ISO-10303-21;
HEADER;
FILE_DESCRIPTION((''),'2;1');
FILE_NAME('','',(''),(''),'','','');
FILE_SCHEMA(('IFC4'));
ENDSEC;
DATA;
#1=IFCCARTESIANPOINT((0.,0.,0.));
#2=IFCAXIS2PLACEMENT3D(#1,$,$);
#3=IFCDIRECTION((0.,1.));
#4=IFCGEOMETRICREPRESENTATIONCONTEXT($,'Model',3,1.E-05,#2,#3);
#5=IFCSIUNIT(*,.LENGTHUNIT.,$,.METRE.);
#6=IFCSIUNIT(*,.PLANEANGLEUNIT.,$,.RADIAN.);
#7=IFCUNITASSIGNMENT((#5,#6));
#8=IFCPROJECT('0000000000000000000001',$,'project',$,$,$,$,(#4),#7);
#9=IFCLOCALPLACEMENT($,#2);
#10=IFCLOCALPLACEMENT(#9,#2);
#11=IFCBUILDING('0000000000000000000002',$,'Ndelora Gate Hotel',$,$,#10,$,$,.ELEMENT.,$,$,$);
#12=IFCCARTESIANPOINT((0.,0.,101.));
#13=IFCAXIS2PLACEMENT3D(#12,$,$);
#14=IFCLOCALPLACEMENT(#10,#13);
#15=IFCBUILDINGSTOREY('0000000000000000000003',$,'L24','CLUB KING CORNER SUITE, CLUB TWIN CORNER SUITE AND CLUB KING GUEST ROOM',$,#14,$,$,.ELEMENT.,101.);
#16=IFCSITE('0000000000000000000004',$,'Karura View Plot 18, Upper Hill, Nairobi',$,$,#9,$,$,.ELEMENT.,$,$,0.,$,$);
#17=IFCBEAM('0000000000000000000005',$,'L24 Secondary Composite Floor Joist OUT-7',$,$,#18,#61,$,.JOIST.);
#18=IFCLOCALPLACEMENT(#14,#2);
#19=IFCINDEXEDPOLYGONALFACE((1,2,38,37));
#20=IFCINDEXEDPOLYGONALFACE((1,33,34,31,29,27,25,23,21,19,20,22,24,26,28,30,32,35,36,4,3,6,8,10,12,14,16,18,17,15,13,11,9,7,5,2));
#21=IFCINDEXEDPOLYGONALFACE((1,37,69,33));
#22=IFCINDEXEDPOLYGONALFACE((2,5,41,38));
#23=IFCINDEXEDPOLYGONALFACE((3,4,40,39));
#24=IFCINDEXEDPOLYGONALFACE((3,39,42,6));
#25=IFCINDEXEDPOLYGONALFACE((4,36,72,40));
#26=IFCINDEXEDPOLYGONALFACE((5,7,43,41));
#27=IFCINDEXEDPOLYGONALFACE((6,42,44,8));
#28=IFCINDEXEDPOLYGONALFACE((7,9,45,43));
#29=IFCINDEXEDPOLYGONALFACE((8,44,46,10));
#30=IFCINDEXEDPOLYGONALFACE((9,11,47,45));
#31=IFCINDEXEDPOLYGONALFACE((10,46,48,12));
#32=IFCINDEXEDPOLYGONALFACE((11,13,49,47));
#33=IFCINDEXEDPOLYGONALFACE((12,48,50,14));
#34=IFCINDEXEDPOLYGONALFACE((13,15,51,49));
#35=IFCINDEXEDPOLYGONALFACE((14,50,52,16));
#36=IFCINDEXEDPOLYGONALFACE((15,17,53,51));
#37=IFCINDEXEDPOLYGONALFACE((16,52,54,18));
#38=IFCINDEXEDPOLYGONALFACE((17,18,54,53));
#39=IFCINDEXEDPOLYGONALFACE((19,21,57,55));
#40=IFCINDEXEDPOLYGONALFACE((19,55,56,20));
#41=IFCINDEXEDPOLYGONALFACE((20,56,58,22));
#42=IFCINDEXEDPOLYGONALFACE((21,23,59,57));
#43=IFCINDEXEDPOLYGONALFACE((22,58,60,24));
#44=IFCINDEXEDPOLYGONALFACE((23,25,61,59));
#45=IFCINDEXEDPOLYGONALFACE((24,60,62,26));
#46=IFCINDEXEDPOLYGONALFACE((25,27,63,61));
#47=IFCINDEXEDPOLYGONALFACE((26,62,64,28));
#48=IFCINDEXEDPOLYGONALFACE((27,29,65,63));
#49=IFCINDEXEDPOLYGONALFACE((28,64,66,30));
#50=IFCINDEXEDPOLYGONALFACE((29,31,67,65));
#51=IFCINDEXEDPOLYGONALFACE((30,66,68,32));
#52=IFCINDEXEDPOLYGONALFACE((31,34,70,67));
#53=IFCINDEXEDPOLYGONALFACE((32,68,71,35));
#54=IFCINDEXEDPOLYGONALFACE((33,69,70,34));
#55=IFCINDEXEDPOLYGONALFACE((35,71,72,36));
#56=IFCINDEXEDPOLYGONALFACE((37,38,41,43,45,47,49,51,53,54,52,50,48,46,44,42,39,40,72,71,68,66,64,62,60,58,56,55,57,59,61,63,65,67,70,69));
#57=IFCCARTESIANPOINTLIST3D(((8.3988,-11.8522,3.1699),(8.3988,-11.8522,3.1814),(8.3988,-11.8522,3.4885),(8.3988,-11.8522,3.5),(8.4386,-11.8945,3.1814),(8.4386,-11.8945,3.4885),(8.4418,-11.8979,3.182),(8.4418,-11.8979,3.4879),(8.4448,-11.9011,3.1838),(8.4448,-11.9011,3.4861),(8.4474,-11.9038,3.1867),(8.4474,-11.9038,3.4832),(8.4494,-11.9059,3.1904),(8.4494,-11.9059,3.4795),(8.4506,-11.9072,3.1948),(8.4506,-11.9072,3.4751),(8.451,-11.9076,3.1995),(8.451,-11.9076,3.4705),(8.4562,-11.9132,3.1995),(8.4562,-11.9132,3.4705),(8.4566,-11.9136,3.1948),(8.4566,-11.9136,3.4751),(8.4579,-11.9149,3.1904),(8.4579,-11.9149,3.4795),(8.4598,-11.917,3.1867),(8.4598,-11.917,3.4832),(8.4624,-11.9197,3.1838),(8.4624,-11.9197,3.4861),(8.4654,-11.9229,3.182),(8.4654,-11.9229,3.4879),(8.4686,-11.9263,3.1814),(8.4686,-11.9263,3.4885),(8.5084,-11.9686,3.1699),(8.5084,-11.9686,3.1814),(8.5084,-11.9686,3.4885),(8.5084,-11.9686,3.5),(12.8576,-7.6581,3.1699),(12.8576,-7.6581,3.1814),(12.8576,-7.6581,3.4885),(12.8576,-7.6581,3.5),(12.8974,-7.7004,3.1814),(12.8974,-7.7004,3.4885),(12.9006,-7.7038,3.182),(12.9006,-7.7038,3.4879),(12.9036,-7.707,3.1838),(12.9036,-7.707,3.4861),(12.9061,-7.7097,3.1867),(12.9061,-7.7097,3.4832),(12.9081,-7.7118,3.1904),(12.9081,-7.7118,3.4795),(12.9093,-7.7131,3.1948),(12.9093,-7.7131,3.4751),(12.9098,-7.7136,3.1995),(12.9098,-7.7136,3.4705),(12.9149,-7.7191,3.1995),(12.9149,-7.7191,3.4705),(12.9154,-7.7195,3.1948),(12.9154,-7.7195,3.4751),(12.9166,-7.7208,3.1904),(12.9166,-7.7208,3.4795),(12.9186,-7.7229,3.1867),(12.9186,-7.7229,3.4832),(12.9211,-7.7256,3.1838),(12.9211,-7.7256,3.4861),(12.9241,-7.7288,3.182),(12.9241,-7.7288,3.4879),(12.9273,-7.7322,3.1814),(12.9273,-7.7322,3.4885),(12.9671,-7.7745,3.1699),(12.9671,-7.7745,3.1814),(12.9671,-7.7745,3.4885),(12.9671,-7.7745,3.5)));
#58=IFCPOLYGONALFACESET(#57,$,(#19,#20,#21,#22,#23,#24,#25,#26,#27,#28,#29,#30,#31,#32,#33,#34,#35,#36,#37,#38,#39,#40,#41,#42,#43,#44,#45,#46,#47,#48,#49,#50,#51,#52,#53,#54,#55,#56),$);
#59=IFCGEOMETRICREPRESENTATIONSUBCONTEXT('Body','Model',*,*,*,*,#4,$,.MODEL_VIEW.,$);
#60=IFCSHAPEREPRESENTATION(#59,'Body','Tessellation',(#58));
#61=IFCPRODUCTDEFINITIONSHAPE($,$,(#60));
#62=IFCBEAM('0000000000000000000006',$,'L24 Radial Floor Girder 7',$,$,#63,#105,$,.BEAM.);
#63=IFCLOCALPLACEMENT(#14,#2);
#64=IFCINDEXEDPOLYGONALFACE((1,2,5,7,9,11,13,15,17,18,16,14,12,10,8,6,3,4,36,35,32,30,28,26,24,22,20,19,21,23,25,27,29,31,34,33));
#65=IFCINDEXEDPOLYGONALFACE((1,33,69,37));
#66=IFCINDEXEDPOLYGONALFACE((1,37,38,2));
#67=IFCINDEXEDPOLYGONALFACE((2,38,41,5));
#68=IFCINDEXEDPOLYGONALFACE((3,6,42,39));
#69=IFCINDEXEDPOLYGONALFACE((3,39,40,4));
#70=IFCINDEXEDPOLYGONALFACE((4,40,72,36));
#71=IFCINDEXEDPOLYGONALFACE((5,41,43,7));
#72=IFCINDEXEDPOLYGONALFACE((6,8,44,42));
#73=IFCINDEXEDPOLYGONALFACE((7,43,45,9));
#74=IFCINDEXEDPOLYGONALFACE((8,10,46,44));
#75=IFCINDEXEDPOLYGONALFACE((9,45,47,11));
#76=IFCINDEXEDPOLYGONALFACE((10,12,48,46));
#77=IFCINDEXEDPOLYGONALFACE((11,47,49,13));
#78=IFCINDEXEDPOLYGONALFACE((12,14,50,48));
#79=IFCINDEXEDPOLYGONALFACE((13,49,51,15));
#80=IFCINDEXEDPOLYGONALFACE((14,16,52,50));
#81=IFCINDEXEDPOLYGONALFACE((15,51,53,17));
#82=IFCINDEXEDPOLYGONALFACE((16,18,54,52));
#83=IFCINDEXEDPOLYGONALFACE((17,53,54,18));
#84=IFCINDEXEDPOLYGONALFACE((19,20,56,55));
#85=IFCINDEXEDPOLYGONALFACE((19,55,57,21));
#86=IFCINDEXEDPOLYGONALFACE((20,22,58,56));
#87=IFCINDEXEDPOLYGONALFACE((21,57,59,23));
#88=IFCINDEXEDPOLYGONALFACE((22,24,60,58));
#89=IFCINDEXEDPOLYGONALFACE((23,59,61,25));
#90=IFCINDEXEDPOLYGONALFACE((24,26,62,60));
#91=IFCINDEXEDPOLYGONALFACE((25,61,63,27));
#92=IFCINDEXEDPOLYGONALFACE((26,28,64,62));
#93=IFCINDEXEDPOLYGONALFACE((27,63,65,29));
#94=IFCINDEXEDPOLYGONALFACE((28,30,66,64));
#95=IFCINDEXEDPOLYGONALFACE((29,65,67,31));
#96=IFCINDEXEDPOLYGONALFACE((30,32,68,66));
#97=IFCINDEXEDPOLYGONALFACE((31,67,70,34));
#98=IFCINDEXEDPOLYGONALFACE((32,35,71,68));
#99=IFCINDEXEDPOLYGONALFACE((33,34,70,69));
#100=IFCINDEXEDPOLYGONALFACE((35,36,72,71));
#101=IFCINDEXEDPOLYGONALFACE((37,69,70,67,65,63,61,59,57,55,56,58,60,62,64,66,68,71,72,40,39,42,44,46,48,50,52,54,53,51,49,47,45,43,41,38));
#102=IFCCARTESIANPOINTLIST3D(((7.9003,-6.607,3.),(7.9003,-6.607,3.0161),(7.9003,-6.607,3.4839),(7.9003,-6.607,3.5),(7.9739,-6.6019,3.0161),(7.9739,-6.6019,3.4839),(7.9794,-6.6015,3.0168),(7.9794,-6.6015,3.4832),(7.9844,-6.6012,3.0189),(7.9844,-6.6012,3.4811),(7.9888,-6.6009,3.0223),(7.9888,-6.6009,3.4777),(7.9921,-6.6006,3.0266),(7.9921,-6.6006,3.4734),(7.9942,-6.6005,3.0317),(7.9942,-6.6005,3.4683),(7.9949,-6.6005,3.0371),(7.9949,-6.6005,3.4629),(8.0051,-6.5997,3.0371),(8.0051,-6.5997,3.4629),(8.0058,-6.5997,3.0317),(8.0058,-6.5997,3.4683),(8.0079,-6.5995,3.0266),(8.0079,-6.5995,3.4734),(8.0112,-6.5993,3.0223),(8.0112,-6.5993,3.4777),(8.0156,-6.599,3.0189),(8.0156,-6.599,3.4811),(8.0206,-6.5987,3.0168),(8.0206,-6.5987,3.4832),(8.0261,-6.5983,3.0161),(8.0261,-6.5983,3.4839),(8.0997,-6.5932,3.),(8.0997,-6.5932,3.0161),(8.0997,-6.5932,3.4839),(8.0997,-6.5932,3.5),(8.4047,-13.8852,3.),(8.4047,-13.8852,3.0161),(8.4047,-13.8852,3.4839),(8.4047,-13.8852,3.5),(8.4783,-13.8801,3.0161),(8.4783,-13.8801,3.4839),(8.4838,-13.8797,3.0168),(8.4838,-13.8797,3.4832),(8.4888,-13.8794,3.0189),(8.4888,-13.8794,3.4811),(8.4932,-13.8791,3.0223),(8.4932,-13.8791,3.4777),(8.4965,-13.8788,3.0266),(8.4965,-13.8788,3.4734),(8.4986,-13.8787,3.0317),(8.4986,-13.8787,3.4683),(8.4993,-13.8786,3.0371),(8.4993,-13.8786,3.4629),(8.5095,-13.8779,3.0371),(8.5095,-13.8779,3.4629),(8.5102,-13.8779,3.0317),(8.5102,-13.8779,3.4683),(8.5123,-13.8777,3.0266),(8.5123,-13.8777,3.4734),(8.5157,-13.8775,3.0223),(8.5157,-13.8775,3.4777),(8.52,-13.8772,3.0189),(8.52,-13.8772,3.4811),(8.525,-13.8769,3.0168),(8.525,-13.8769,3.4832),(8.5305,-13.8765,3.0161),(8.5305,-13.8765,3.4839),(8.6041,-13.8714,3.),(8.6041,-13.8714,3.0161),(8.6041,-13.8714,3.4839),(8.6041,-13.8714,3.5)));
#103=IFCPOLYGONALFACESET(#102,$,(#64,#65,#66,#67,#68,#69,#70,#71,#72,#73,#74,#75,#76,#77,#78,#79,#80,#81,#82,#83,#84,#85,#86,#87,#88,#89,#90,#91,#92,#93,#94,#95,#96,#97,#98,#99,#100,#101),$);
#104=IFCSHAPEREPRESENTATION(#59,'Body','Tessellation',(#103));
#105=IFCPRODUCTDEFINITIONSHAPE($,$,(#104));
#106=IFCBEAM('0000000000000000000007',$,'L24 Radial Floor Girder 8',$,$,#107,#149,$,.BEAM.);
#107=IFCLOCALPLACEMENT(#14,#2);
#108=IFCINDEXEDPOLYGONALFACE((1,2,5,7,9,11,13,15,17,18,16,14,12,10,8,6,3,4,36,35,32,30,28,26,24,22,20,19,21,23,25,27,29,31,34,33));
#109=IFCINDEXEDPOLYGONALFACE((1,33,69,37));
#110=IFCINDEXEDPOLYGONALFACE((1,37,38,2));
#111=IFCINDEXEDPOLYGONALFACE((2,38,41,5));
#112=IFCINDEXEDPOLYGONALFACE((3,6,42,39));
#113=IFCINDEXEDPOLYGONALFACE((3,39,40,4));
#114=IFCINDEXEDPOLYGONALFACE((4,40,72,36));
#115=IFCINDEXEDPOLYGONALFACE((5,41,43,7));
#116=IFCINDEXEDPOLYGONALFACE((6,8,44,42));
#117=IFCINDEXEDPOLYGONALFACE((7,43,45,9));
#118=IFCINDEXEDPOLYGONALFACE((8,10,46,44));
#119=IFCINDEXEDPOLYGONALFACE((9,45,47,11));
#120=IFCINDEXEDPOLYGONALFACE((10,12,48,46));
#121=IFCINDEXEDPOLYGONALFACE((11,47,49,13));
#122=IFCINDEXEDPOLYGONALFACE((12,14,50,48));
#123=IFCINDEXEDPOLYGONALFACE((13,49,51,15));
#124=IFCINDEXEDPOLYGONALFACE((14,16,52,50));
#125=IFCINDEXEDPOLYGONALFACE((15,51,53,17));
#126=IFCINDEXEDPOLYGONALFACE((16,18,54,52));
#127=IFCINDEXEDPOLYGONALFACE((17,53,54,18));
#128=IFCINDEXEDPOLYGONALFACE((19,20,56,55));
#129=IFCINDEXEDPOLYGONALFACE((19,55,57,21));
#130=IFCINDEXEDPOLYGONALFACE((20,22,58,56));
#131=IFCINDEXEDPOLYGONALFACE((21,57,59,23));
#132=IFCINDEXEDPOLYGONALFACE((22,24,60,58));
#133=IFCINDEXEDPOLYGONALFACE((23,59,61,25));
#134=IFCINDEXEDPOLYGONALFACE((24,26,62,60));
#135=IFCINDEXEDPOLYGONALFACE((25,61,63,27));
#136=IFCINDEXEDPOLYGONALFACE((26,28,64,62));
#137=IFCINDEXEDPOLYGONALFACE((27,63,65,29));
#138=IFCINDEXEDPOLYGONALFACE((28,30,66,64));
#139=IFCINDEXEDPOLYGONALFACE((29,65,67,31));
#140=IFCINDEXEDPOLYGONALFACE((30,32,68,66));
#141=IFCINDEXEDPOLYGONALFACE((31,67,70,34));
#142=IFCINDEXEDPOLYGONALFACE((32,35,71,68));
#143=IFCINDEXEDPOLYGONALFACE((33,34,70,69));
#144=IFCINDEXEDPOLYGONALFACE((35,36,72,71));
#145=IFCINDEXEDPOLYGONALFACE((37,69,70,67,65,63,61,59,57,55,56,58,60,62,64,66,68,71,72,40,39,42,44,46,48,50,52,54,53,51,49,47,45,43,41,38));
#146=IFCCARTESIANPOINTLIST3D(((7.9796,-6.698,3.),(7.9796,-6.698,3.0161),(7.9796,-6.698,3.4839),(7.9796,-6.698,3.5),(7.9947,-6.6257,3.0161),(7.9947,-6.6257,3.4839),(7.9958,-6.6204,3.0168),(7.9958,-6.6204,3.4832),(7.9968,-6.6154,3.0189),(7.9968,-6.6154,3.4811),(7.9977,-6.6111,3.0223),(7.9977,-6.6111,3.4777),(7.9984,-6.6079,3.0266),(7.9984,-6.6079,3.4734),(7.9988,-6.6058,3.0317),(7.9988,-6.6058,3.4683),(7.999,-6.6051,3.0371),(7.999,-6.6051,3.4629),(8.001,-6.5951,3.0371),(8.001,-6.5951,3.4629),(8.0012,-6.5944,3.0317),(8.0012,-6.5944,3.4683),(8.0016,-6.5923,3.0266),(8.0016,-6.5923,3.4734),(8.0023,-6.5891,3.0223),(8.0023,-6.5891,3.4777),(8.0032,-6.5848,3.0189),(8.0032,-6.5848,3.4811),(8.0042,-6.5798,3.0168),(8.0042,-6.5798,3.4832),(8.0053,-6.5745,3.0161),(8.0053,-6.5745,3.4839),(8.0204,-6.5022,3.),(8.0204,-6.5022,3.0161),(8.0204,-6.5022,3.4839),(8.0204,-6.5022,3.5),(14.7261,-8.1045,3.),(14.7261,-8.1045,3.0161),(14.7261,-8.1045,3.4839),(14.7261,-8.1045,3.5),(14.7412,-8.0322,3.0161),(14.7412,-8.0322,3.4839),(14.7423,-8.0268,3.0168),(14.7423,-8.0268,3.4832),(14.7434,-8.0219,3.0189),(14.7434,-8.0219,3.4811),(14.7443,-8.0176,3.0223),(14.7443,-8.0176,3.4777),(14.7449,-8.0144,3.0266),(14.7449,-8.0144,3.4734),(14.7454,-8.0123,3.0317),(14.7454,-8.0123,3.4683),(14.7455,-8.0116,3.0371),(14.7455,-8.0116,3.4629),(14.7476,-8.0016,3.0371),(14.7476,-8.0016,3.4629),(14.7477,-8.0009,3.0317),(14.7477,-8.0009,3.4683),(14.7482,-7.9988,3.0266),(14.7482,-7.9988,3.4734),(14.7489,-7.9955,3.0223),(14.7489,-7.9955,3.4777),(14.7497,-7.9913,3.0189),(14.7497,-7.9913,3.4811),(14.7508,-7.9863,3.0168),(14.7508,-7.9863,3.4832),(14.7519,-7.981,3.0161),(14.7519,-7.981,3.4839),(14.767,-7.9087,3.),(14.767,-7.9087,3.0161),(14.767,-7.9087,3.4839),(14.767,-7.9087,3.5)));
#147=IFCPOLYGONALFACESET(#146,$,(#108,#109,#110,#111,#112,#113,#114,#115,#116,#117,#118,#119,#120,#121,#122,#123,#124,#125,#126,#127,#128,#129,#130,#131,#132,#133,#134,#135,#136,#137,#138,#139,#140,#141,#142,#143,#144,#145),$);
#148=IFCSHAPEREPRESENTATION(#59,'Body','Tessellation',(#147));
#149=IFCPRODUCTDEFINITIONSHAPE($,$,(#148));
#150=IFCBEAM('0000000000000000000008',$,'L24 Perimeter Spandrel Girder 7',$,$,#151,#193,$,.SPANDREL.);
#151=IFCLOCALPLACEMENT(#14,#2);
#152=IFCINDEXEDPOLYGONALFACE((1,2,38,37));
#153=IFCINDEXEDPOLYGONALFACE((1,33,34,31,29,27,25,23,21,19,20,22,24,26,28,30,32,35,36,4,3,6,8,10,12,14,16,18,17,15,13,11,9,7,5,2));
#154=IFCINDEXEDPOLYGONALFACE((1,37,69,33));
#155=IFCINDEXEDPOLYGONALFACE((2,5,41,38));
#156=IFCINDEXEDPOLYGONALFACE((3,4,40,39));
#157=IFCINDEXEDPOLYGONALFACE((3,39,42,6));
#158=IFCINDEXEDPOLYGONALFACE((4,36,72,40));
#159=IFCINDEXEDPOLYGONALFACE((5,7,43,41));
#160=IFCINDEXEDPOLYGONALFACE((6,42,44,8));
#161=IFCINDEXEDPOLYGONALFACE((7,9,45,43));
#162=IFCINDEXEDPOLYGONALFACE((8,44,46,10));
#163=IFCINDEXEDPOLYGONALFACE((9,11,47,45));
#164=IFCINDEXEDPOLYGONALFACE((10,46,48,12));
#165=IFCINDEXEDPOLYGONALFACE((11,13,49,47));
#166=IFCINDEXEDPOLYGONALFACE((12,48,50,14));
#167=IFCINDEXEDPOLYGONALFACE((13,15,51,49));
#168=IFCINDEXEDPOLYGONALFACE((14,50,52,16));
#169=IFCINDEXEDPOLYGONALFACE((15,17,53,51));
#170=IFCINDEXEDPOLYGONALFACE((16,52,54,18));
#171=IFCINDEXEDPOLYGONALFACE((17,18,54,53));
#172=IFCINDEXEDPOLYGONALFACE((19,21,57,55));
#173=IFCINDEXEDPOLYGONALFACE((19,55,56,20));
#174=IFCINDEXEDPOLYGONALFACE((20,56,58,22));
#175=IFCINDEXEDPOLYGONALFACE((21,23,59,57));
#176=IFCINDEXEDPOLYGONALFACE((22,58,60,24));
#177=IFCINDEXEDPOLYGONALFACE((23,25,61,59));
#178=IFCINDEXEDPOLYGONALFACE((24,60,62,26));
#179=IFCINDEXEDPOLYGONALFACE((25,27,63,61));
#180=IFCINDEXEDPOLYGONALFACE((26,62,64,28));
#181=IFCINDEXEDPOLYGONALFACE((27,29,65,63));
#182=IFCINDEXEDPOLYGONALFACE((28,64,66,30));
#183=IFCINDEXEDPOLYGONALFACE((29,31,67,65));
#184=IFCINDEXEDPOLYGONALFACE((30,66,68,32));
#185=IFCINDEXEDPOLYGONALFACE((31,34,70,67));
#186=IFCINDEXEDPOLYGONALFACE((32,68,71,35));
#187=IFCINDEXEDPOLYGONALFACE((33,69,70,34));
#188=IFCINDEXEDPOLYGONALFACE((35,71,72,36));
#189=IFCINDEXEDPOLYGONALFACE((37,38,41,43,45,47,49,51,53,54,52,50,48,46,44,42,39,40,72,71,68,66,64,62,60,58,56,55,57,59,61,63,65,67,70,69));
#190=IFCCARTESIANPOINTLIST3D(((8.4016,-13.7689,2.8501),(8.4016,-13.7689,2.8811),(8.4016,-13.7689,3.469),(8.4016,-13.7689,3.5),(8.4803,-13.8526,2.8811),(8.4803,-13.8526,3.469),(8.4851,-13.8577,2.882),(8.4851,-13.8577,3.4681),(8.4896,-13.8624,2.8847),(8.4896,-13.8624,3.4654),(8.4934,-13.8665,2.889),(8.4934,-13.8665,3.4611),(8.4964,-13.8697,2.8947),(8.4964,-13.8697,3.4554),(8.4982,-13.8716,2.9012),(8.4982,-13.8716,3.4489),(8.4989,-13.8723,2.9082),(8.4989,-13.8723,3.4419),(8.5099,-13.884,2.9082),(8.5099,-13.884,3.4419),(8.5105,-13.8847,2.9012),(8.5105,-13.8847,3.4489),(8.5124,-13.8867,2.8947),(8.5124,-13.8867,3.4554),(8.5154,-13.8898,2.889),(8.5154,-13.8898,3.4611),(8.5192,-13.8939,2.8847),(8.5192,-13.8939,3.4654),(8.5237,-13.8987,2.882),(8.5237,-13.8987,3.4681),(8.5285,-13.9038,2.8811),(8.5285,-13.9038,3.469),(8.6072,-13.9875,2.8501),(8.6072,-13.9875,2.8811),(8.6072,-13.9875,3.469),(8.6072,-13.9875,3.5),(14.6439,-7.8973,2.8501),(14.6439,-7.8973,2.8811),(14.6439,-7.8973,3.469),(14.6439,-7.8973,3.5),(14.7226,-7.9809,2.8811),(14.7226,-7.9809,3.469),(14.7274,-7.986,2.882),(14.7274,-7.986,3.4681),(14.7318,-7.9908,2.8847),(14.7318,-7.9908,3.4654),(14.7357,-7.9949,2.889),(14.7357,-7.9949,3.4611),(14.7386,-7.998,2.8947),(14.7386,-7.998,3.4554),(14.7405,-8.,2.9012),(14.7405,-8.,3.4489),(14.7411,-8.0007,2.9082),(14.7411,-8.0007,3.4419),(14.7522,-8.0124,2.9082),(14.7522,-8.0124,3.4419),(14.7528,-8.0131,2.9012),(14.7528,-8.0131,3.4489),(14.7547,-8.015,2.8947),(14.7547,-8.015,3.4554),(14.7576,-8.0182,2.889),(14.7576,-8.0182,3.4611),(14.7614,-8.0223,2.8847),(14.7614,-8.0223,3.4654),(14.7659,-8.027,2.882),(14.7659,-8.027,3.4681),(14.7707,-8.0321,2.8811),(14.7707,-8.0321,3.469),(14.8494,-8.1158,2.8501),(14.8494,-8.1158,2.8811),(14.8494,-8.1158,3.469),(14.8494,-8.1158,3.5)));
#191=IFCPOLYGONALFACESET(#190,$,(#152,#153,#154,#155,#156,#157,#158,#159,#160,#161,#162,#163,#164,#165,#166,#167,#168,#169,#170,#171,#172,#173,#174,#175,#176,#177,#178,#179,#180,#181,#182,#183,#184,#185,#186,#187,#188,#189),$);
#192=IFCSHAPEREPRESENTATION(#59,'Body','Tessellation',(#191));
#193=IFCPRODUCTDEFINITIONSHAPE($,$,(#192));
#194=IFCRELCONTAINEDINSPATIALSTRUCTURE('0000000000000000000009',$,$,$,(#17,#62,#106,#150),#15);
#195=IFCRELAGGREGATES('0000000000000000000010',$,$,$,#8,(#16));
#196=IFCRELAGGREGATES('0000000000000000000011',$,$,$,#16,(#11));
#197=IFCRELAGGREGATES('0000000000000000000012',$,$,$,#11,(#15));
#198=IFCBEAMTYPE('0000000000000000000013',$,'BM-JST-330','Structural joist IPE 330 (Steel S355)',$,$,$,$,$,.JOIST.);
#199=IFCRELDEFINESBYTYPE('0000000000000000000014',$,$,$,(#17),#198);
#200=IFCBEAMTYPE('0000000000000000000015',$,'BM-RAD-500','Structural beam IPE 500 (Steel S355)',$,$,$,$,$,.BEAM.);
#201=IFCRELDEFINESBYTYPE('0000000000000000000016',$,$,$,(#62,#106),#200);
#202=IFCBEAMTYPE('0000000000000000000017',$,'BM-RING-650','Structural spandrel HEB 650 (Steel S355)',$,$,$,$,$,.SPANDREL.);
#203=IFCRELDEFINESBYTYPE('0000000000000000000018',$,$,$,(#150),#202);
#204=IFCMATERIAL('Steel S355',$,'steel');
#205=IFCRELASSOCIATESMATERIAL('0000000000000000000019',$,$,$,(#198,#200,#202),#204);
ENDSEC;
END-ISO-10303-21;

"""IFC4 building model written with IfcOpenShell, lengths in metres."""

from ifc_helpers import new_model, si_unit, direction, frame, origin, origin_2d, place, context, subcontext, project, spatial, i_section, extrude, material, material_profile, profile_set, type_object, element, save


model = new_model("IFC4")

# Units and contexts
model_context = context("Model", 3, precision=1e-05, world=origin(), true_north=direction((0.0, 1.0)))
body_context = subcontext(model_context, "Body", "Model", "MODEL_VIEW")
ifc_project = project(units=[si_unit("LENGTHUNIT", "METRE"), si_unit("PLANEANGLEUNIT", "RADIAN")], contexts=[model_context])

# Site, building, storey
site_placement = place(None, origin())
site = spatial("IfcSite", under=ifc_project, at=site_placement, Name="Karura View Plot 18, Upper Hill, Nairobi", CompositionType="ELEMENT", RefElevation=0.0)
building_placement = place(site_placement, origin())
building = spatial("IfcBuilding", under=site, at=building_placement, Name="Ndelora Gate Hotel", CompositionType="ELEMENT")
storey_placement = place(building_placement, frame((0.0, 0.0, 101.0)))
storey = spatial("IfcBuildingStorey", under=building, at=storey_placement, Name="L24", Description="CLUB KING CORNER SUITE, CLUB TWIN CORNER SUITE AND CLUB KING GUEST ROOM", CompositionType="ELEMENT", Elevation=101.0)

# Beams
ifc_material_1 = material(Name="Steel S355", Category="steel")
ifc_material_profile_1 = material_profile(ifc_material_1, i_section(OverallWidth=0.1599, OverallDepth=0.3301, WebThickness=0.0076, FlangeThickness=0.0115, FilletRadius=0.0181, at=origin_2d()), Name="IPE 330")
ifc_profile_set_1 = profile_set([ifc_material_profile_1], Name="Steel S355")
beam_type_1 = type_object("IfcBeamType", Name="BM-JST-330", Description="Structural joist IPE 330 (Steel S355)", PredefinedType="JOIST", material=ifc_profile_set_1)
beam_1_placement = place(storey_placement, frame((8.4536, -11.9104, 3.335), z_axis=(0.728393, 0.685159, 0.0), x_axis=(-0.685159, 0.728393, 0.0)))
element("IfcBeam", 1, at=beam_1_placement, inside=storey, type_object=beam_type_1, Name="L24 Secondary Composite Floor Joist OUT-7", PredefinedType="JOIST", context=body_context, shape_type="SweptSolid", body=[
    extrude(i_section(OverallWidth=0.1599, OverallDepth=0.3301, WebThickness=0.0076, FlangeThickness=0.0115, FilletRadius=0.0181, at=origin_2d()), origin(), (0.0, 0.0, 1.0), 6.1213),
])
ifc_material_profile_2 = material_profile(ifc_material_1, i_section(OverallWidth=0.2, OverallDepth=0.5, WebThickness=0.0103, FlangeThickness=0.0161, FilletRadius=0.021, at=origin_2d()), Name="IPE 500")
ifc_profile_set_2 = profile_set([ifc_material_profile_2], Name="Steel S355")
beam_type_2 = type_object("IfcBeamType", Name="BM-RAD-500", Description="Structural beam IPE 500 (Steel S355)", PredefinedType="BEAM", material=ifc_profile_set_2)
beam_2_placement = place(storey_placement, frame((8.0, -6.6001, 3.25), z_axis=(0.069137, -0.997607, 0.0), x_axis=(0.997607, 0.069137, 0.0)))
element("IfcBeam", 2, at=beam_2_placement, inside=storey, type_object=beam_type_2, Name="L24 Radial Floor Girder 7", PredefinedType="BEAM", context=body_context, shape_type="SweptSolid", body=[
    extrude(i_section(OverallWidth=0.2, OverallDepth=0.5, WebThickness=0.0103, FlangeThickness=0.0161, FilletRadius=0.021, at=origin_2d()), origin(), (0.0, 0.0, 1.0), 7.2957),
])
beam_3_placement = place(storey_placement, frame((8.0, -6.6001, 3.25), z_axis=(0.978953, -0.204087, 0.0), x_axis=(0.204087, 0.978953, 0.0)))
element("IfcBeam", 3, at=beam_3_placement, inside=storey, type_object=beam_type_2, Name="L24 Radial Floor Girder 8", PredefinedType="BEAM", context=body_context, shape_type="SweptSolid", body=[
    extrude(i_section(OverallWidth=0.2, OverallDepth=0.5, WebThickness=0.0103, FlangeThickness=0.0161, FilletRadius=0.021, at=origin_2d()), origin(), (0.0, 0.0, 1.0), 6.8916),
])
ifc_material_profile_3 = material_profile(ifc_material_1, i_section(OverallWidth=0.3, OverallDepth=0.6499, WebThickness=0.0161, FlangeThickness=0.031, FilletRadius=0.0271, at=origin_2d()), Name="HEB 650")
ifc_profile_set_3 = profile_set([ifc_material_profile_3], Name="Steel S355")
beam_type_3 = type_object("IfcBeamType", Name="BM-RING-650", Description="Structural spandrel HEB 650 (Steel S355)", PredefinedType="SPANDREL", material=ifc_profile_set_3)
beam_4_placement = place(storey_placement, frame((8.5044, -13.8782, 3.175), z_axis=(0.728399, 0.685153, 0.0), x_axis=(-0.685153, 0.728399, 0.0)))
element("IfcBeam", 4, at=beam_4_placement, inside=storey, type_object=beam_type_3, Name="L24 Perimeter Spandrel Girder 7", PredefinedType="SPANDREL", context=body_context, shape_type="SweptSolid", body=[
    extrude(i_section(OverallWidth=0.3, OverallDepth=0.6499, WebThickness=0.0161, FlangeThickness=0.031, FilletRadius=0.0271, at=origin_2d()), origin(), (0.0, 0.0, 1.0), 8.5698),
])

save(model, "model.ifc")
